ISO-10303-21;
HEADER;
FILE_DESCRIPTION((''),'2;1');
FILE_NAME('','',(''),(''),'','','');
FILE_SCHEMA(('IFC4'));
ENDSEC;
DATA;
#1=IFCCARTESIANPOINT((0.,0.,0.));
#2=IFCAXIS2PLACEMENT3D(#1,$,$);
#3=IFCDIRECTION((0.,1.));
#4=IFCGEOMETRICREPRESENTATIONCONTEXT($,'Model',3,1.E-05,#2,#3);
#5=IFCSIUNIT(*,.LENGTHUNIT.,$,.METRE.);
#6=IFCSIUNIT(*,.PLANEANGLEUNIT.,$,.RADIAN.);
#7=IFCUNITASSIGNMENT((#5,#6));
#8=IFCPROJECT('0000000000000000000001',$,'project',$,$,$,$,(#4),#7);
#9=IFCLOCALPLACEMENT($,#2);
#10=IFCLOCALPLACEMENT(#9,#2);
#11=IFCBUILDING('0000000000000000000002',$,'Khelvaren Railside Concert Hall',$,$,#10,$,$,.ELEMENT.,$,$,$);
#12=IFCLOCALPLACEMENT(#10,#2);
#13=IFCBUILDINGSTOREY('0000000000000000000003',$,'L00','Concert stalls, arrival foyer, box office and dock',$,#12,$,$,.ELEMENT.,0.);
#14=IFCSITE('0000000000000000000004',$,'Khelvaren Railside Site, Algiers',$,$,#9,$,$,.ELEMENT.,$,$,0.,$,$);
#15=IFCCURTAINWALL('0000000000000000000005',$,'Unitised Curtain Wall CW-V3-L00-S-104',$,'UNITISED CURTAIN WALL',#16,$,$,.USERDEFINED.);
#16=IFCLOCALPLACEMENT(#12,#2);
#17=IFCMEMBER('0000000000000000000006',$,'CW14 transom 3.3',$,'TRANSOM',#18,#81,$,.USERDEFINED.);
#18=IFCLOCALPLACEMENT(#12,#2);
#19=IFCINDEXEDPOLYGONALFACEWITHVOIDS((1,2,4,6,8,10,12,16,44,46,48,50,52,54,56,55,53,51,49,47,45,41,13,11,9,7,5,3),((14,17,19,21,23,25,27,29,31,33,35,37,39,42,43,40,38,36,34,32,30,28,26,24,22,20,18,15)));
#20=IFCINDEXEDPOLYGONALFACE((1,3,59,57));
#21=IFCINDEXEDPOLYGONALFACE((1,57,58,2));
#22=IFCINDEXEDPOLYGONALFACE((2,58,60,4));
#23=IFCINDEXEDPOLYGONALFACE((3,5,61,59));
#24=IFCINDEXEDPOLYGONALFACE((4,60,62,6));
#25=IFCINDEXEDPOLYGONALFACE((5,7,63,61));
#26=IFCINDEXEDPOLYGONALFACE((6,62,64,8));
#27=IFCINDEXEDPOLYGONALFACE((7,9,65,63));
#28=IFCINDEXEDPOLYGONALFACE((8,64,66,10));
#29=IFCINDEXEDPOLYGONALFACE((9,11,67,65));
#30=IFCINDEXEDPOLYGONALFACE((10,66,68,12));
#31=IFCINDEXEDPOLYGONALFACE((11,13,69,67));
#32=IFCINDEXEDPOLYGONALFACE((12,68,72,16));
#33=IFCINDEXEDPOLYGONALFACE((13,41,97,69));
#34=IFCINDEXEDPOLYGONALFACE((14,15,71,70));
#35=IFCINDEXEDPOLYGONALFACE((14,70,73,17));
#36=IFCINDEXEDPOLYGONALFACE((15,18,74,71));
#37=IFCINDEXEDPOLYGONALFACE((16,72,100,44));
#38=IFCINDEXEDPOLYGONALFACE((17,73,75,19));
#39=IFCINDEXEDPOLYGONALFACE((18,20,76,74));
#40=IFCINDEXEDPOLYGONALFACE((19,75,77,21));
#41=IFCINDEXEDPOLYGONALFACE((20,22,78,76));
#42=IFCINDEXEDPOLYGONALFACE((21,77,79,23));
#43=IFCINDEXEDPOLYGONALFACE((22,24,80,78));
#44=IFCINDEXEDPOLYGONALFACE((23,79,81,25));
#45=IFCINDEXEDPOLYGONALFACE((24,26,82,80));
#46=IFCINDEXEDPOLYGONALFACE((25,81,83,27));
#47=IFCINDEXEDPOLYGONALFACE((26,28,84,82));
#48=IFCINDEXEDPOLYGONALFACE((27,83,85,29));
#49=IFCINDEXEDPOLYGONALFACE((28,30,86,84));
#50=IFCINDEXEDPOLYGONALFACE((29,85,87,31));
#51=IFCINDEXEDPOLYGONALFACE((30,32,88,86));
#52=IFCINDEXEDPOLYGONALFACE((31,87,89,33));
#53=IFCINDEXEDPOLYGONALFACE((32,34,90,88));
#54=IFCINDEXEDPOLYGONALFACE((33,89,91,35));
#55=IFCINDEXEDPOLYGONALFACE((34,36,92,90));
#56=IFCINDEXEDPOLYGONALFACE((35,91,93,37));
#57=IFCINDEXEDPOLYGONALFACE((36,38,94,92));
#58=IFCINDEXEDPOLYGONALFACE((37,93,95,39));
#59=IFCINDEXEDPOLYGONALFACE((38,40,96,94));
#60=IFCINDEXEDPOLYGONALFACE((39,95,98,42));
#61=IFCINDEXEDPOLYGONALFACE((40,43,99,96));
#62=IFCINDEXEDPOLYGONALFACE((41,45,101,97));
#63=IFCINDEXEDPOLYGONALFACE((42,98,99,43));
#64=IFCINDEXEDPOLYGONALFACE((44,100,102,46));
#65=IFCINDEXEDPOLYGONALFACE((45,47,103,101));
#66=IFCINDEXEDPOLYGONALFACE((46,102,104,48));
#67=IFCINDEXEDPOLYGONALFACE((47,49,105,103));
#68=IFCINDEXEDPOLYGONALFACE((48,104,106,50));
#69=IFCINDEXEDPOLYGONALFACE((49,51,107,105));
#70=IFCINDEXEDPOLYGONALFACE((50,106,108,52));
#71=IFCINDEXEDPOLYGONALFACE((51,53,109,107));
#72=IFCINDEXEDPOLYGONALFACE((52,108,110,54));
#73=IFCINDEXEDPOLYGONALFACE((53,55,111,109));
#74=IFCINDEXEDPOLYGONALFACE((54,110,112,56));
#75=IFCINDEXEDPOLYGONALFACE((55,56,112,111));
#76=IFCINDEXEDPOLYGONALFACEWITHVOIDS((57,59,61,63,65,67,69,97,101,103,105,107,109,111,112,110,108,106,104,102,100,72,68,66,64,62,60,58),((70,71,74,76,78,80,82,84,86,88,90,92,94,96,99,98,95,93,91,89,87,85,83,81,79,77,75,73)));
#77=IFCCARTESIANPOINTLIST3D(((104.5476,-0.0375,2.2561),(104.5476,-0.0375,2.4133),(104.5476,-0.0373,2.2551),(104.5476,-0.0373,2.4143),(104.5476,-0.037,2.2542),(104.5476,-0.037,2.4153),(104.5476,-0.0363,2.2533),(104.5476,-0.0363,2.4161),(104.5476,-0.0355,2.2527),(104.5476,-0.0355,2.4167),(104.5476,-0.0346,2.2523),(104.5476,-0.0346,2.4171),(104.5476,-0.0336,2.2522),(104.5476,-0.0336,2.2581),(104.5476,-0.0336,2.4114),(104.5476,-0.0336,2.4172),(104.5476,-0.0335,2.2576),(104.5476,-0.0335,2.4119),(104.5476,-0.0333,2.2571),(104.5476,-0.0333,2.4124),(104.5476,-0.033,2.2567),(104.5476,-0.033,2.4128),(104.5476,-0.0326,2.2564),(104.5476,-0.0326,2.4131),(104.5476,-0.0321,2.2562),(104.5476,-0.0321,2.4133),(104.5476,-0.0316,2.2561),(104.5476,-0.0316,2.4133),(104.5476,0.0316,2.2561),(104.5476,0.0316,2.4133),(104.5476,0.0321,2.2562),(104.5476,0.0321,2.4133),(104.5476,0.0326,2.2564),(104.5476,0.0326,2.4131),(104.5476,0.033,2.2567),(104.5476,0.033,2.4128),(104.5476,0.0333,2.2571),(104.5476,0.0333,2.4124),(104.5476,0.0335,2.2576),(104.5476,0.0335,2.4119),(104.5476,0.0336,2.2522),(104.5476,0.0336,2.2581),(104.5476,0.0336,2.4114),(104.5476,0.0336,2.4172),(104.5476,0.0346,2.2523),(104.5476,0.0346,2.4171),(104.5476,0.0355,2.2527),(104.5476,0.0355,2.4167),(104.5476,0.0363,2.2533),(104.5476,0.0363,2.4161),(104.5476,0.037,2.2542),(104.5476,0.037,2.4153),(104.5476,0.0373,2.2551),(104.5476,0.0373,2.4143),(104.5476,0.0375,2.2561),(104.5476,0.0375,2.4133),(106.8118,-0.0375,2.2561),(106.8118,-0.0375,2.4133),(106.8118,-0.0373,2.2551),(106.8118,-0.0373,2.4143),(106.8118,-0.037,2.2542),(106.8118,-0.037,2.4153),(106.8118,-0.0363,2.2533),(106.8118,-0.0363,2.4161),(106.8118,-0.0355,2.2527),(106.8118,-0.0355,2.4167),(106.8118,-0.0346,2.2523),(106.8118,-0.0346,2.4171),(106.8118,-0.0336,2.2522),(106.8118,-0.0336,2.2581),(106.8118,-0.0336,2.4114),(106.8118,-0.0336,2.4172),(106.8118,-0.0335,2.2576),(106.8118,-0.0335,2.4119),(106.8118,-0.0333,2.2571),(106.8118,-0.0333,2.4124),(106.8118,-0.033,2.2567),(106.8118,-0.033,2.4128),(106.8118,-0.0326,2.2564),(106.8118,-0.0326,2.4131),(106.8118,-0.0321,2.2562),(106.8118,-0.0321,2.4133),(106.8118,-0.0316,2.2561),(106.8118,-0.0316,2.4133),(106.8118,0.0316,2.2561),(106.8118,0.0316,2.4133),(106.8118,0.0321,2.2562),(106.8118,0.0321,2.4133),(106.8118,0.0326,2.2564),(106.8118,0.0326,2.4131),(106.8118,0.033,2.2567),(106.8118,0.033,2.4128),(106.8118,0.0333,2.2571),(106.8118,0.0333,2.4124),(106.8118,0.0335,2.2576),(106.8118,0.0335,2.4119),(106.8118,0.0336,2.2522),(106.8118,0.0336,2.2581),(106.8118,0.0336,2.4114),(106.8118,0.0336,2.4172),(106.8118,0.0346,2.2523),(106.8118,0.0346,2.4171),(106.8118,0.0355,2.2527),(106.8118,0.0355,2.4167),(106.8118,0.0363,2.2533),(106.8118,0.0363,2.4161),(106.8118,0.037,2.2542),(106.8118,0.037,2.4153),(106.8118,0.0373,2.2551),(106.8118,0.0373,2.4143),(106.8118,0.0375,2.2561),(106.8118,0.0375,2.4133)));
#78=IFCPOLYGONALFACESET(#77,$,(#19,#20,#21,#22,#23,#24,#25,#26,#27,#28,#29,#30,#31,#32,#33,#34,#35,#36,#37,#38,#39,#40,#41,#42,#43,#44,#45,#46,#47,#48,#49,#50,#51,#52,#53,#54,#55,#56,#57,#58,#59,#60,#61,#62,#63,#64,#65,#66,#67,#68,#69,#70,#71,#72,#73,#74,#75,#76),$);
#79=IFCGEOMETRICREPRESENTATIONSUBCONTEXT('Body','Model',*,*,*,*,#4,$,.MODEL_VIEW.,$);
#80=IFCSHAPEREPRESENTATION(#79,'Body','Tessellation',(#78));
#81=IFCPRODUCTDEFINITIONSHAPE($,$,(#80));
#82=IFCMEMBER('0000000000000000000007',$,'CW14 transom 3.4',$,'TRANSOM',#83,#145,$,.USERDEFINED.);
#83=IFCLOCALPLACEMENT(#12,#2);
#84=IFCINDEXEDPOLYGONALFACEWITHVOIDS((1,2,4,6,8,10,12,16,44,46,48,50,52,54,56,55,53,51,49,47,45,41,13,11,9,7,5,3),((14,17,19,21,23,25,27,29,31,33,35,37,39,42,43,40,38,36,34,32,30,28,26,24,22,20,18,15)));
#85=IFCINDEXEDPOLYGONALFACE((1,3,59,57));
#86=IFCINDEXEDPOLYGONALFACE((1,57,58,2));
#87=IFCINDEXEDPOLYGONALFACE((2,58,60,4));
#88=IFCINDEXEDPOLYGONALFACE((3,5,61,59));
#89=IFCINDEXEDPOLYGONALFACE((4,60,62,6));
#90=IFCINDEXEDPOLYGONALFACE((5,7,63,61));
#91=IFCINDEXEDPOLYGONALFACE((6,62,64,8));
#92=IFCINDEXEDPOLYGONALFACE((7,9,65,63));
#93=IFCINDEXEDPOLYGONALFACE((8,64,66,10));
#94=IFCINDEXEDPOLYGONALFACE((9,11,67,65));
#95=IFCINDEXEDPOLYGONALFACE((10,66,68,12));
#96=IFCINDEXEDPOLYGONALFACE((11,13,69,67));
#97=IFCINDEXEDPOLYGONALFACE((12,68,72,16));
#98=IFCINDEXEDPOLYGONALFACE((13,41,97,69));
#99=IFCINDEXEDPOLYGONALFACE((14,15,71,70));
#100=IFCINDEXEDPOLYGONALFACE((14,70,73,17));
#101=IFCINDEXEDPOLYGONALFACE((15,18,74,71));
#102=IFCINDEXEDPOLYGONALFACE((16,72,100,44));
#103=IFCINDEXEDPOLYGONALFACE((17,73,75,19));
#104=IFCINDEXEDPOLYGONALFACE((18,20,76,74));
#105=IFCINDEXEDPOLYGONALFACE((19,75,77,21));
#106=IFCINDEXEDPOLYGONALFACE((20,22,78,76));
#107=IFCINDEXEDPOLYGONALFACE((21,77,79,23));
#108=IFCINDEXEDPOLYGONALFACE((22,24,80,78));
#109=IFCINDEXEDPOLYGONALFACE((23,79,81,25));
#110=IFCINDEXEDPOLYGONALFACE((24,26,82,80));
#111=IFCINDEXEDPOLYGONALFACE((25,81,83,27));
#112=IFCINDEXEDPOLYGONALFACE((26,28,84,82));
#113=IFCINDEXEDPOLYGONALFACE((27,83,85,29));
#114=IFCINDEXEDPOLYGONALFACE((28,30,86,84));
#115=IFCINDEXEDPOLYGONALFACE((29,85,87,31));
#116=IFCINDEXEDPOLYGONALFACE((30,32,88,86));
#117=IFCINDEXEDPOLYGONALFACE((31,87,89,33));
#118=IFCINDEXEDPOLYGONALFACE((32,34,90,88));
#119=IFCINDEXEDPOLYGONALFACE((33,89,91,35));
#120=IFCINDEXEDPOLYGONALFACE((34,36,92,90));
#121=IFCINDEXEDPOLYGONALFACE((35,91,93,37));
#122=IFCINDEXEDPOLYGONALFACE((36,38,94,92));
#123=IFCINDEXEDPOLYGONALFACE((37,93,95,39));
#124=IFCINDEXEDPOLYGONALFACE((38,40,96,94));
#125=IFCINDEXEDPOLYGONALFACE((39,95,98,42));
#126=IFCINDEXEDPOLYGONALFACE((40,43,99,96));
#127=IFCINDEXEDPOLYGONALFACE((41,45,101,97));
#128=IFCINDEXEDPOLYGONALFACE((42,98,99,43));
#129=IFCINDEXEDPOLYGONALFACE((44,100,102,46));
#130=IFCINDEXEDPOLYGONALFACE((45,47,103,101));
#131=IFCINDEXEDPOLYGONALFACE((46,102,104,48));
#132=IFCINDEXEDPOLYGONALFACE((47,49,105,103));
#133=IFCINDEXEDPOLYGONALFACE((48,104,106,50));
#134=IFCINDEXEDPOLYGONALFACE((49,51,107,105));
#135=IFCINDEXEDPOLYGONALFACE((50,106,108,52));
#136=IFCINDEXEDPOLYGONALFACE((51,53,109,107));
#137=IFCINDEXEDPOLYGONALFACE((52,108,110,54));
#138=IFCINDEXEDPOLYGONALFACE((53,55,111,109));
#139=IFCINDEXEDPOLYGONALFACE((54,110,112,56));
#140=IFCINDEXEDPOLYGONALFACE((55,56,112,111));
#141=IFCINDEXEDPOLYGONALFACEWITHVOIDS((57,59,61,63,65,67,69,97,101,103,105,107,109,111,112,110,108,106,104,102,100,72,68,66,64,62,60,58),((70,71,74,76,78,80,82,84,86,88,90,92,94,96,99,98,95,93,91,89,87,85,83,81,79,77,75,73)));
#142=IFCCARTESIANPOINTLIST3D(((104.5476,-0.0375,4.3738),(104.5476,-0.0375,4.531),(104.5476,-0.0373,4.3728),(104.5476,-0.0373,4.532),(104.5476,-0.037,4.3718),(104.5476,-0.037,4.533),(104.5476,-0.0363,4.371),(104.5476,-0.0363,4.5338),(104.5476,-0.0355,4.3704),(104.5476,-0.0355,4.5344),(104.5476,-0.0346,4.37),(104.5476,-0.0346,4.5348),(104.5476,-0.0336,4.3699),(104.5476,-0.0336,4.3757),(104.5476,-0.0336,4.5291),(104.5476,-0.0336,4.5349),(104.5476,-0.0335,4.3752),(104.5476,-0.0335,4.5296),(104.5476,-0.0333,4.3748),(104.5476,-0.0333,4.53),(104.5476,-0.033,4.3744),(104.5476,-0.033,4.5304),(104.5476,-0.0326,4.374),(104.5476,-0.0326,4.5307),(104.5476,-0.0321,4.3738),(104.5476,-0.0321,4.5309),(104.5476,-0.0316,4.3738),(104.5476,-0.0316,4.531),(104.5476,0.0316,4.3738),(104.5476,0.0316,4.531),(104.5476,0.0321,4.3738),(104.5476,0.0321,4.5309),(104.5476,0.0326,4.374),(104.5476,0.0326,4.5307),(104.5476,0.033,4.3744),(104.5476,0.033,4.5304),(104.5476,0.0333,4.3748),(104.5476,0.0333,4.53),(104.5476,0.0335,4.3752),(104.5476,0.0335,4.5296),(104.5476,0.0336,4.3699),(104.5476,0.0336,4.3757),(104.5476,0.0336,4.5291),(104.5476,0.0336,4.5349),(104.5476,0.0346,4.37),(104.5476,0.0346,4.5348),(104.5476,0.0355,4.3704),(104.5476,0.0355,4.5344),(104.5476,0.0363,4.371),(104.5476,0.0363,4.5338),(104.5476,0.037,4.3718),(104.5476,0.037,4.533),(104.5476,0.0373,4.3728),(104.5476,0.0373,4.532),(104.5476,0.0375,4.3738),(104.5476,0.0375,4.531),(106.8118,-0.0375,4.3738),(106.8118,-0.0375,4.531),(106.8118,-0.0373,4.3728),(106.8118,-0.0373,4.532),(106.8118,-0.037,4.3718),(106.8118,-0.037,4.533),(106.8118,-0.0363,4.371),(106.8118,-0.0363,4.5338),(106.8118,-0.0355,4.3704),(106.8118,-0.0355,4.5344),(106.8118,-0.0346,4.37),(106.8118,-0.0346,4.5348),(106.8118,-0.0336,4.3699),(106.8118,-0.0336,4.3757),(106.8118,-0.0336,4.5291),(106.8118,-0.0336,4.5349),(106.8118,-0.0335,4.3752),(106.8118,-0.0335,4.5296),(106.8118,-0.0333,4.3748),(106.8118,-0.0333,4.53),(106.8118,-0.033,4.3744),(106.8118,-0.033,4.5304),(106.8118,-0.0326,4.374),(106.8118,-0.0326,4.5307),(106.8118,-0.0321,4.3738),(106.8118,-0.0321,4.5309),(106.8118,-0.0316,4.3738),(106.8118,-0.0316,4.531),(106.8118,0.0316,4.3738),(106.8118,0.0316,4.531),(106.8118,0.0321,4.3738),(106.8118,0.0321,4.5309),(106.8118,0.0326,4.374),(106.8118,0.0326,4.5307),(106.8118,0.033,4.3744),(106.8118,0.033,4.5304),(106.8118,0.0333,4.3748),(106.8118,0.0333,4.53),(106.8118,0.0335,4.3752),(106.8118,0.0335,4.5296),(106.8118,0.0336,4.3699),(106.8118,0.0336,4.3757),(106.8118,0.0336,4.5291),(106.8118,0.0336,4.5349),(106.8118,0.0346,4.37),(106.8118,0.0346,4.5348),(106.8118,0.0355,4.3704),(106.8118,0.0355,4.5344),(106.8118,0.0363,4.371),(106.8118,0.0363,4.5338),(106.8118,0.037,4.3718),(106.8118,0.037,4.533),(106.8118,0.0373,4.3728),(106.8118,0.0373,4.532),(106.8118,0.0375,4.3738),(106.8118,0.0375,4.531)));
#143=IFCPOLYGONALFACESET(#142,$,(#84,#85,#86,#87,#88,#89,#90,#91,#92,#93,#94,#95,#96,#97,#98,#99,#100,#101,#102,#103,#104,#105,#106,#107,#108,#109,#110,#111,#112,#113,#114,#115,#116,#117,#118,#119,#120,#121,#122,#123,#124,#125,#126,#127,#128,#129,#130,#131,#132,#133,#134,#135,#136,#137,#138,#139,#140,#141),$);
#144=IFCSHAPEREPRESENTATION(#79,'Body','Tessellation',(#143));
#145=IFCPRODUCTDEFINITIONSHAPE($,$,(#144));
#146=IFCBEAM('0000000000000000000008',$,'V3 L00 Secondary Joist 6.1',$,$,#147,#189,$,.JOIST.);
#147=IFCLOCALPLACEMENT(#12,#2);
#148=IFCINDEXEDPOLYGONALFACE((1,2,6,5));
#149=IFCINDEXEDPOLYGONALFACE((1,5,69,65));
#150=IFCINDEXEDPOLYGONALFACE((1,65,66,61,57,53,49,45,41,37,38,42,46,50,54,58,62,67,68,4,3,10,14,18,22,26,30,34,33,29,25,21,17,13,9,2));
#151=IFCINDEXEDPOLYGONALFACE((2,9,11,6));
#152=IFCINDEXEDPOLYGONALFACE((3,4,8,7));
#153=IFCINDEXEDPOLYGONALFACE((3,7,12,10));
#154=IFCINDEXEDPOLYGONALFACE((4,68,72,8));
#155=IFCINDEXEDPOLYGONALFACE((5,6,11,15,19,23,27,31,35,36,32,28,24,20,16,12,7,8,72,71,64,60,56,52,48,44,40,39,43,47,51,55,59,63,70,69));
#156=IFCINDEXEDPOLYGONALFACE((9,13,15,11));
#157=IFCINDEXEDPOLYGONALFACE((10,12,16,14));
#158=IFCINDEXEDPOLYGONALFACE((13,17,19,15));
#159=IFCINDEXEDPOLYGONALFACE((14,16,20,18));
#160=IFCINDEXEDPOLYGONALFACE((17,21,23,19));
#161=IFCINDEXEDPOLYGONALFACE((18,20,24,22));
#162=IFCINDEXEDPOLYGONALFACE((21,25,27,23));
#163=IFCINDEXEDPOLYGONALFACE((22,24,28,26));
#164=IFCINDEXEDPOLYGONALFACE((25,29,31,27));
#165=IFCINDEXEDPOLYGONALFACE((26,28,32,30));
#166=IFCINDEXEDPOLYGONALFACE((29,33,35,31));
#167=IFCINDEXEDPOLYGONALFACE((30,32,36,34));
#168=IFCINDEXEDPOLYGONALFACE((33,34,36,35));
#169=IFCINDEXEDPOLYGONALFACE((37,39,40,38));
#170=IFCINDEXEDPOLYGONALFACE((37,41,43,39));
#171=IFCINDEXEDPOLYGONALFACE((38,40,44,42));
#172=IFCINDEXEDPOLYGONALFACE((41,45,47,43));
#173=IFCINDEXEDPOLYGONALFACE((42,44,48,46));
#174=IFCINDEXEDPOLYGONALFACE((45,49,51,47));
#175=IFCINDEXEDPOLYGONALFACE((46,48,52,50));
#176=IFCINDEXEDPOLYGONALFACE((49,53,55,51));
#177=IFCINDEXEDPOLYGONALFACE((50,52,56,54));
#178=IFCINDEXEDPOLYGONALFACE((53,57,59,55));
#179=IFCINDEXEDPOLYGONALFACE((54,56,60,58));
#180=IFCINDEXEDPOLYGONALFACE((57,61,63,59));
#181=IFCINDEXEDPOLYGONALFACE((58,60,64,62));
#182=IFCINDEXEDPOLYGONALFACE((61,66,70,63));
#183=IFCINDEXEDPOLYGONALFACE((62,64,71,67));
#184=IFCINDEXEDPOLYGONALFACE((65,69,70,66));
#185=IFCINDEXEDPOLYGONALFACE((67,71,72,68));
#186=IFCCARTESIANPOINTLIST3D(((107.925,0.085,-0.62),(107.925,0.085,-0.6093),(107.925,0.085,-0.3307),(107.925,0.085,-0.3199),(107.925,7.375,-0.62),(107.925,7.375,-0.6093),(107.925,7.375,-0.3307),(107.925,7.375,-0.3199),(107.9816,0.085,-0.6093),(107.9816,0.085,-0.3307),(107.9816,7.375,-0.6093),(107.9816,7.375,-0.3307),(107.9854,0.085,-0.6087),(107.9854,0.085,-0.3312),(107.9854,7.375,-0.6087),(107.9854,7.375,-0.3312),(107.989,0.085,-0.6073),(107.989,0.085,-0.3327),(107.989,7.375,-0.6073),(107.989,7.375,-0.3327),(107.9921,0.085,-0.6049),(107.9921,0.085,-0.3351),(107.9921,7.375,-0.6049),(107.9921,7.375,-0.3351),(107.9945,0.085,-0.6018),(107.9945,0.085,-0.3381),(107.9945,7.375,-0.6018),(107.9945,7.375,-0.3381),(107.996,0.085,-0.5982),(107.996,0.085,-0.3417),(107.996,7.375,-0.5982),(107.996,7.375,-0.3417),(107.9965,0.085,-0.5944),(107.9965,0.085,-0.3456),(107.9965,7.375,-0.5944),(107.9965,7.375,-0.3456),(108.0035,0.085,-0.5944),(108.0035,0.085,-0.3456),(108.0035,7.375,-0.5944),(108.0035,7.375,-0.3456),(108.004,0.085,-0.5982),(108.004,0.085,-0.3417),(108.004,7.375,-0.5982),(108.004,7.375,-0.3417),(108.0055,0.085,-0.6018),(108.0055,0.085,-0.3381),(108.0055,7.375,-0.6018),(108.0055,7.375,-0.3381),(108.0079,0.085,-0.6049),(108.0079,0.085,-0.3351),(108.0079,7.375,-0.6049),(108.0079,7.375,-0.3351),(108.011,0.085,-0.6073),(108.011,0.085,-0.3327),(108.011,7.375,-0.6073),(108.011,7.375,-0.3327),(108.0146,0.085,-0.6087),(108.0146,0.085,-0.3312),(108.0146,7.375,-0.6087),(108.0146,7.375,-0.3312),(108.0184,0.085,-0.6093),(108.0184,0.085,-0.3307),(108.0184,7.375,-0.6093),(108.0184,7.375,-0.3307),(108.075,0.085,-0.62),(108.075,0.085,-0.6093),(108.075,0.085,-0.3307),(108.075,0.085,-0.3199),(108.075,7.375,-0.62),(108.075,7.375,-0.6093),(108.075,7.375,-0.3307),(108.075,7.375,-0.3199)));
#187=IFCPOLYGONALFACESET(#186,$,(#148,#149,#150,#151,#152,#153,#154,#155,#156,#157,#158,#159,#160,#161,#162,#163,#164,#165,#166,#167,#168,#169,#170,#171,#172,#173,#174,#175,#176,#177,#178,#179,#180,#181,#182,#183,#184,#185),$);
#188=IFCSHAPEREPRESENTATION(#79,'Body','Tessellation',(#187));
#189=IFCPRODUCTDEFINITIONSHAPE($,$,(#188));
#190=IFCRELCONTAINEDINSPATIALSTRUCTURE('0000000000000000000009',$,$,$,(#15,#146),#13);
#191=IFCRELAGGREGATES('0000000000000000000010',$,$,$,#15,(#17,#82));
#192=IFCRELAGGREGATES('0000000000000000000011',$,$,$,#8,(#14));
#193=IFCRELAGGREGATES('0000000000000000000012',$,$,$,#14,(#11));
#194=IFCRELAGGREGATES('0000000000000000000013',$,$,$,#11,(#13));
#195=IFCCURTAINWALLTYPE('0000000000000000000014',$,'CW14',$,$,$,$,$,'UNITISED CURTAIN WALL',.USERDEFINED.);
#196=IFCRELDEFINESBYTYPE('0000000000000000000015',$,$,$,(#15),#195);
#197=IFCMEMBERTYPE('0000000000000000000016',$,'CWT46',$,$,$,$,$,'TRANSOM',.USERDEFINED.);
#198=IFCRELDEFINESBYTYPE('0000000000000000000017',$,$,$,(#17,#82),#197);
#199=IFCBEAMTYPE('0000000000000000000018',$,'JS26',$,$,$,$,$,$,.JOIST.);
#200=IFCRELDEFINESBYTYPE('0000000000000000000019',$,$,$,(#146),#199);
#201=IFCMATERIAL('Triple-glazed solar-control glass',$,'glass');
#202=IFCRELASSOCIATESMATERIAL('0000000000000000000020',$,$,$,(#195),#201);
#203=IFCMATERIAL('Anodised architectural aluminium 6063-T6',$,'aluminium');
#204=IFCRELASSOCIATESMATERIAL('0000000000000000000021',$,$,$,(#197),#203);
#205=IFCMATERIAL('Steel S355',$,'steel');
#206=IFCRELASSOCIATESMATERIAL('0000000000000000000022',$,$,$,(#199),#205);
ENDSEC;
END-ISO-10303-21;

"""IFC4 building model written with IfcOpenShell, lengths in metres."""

from ifc_helpers import new_model, si_unit, direction, frame, origin, origin_2d, place, context, subcontext, project, spatial, hollow_rectangle, i_section, extrude, material, material_profile, profile_set, type_object, element, aggregate, save


model = new_model("IFC4")

# Units and contexts
model_context = context("Model", 3, precision=1e-05, world=origin(), true_north=direction((0.0, 1.0)))
body_context = subcontext(model_context, "Body", "Model", "MODEL_VIEW")
ifc_project = project(units=[si_unit("LENGTHUNIT", "METRE"), si_unit("PLANEANGLEUNIT", "RADIAN")], contexts=[model_context])

# Site, building, storey
site_placement = place(None, origin())
site = spatial("IfcSite", under=ifc_project, at=site_placement, Name="Khelvaren Railside Site, Algiers", CompositionType="ELEMENT", RefElevation=0.0)
building_placement = place(site_placement, origin())
building = spatial("IfcBuilding", under=site, at=building_placement, Name="Khelvaren Railside Concert Hall", CompositionType="ELEMENT")
storey_placement = place(building_placement, origin())
storey = spatial("IfcBuildingStorey", under=building, at=storey_placement, Name="L00", Description="Concert stalls, arrival foyer, box office and dock", CompositionType="ELEMENT", Elevation=0.0)

# Curtain wall, members
ifc_material_1 = material(Name="Triple-glazed solar-control glass", Category="glass")
curtain_wall_type = type_object("IfcCurtainWallType", Name="CW14", ElementType="UNITISED CURTAIN WALL", PredefinedType="USERDEFINED", material=ifc_material_1)
curtain_wall_placement = place(storey_placement, origin())
curtain_wall = element("IfcCurtainWall", 1, at=curtain_wall_placement, inside=storey, type_object=curtain_wall_type, Name="Unitised Curtain Wall CW-V3-L00-S-104", ObjectType="UNITISED CURTAIN WALL", PredefinedType="USERDEFINED")
ifc_material_2 = material(Name="Anodised architectural aluminium 6063-T6", Category="aluminium")
ifc_material_profile_1 = material_profile(ifc_material_2, hollow_rectangle(XDim=0.075, YDim=0.165, WallThickness=0.0039, InnerFilletRadius=0.002, OuterFilletRadius=0.0039, at=origin_2d()), Name="CWT 75x165x4")
ifc_profile_set_1 = profile_set([ifc_material_profile_1], Name="Anodised architectural aluminium 6063-T6")
member_type_1 = type_object("IfcMemberType", Name="CWT46", ElementType="TRANSOM", PredefinedType="USERDEFINED", material=ifc_profile_set_1)
member_1_placement = place(storey_placement, frame((106.8118, 0.0, 2.3347), z_axis=(-1.0, 0.0, 0.0), x_axis=(0.0, -1.0, 0.0)))
member_1 = element("IfcMember", 2, at=member_1_placement, type_object=member_type_1, Name="CW14 transom 3.3", ObjectType="TRANSOM", PredefinedType="USERDEFINED", context=body_context, shape_type="SweptSolid", body=[
    extrude(hollow_rectangle(XDim=0.075, YDim=0.165, WallThickness=0.0039, InnerFilletRadius=0.002, OuterFilletRadius=0.0039, at=origin_2d()), origin(), (0.0, 0.0, 1.0), 2.2642),
])
member_2_placement = place(storey_placement, frame((106.8118, 0.0, 4.4524), z_axis=(-1.0, 0.0, 0.0), x_axis=(0.0, -1.0, 0.0)))
member_2 = element("IfcMember", 3, at=member_2_placement, type_object=member_type_1, Name="CW14 transom 3.4", ObjectType="TRANSOM", PredefinedType="USERDEFINED", context=body_context, shape_type="SweptSolid", body=[
    extrude(hollow_rectangle(XDim=0.075, YDim=0.165, WallThickness=0.0039, InnerFilletRadius=0.002, OuterFilletRadius=0.0039, at=origin_2d()), origin(), (0.0, 0.0, 1.0), 2.2642),
])

# Beam
ifc_material_3 = material(Name="Steel S355", Category="steel")
ifc_material_profile_2 = material_profile(ifc_material_3, i_section(OverallWidth=0.1499, OverallDepth=0.3, WebThickness=0.0071, FlangeThickness=0.0107, FilletRadius=0.0149, at=origin_2d()), Name="IPE 300")
ifc_profile_set_2 = profile_set([ifc_material_profile_2], Name="Steel S355")
beam_type_1 = type_object("IfcBeamType", Name="JS26", PredefinedType="JOIST", material=ifc_profile_set_2)
beam_1_placement = place(storey_placement, frame((108.0, 0.085, -0.47), z_axis=(0.0, 1.0, 0.0), x_axis=(-1.0, 0.0, 0.0)))
element("IfcBeam", 4, at=beam_1_placement, inside=storey, type_object=beam_type_1, Name="V3 L00 Secondary Joist 6.1", PredefinedType="JOIST", context=body_context, shape_type="SweptSolid", body=[
    extrude(i_section(OverallWidth=0.1499, OverallDepth=0.3, WebThickness=0.0071, FlangeThickness=0.0107, FilletRadius=0.0149, at=origin_2d()), origin(), (0.0, 0.0, 1.0), 7.29),
])

aggregate(curtain_wall, [member_1, member_2])

save(model, "model.ifc")
